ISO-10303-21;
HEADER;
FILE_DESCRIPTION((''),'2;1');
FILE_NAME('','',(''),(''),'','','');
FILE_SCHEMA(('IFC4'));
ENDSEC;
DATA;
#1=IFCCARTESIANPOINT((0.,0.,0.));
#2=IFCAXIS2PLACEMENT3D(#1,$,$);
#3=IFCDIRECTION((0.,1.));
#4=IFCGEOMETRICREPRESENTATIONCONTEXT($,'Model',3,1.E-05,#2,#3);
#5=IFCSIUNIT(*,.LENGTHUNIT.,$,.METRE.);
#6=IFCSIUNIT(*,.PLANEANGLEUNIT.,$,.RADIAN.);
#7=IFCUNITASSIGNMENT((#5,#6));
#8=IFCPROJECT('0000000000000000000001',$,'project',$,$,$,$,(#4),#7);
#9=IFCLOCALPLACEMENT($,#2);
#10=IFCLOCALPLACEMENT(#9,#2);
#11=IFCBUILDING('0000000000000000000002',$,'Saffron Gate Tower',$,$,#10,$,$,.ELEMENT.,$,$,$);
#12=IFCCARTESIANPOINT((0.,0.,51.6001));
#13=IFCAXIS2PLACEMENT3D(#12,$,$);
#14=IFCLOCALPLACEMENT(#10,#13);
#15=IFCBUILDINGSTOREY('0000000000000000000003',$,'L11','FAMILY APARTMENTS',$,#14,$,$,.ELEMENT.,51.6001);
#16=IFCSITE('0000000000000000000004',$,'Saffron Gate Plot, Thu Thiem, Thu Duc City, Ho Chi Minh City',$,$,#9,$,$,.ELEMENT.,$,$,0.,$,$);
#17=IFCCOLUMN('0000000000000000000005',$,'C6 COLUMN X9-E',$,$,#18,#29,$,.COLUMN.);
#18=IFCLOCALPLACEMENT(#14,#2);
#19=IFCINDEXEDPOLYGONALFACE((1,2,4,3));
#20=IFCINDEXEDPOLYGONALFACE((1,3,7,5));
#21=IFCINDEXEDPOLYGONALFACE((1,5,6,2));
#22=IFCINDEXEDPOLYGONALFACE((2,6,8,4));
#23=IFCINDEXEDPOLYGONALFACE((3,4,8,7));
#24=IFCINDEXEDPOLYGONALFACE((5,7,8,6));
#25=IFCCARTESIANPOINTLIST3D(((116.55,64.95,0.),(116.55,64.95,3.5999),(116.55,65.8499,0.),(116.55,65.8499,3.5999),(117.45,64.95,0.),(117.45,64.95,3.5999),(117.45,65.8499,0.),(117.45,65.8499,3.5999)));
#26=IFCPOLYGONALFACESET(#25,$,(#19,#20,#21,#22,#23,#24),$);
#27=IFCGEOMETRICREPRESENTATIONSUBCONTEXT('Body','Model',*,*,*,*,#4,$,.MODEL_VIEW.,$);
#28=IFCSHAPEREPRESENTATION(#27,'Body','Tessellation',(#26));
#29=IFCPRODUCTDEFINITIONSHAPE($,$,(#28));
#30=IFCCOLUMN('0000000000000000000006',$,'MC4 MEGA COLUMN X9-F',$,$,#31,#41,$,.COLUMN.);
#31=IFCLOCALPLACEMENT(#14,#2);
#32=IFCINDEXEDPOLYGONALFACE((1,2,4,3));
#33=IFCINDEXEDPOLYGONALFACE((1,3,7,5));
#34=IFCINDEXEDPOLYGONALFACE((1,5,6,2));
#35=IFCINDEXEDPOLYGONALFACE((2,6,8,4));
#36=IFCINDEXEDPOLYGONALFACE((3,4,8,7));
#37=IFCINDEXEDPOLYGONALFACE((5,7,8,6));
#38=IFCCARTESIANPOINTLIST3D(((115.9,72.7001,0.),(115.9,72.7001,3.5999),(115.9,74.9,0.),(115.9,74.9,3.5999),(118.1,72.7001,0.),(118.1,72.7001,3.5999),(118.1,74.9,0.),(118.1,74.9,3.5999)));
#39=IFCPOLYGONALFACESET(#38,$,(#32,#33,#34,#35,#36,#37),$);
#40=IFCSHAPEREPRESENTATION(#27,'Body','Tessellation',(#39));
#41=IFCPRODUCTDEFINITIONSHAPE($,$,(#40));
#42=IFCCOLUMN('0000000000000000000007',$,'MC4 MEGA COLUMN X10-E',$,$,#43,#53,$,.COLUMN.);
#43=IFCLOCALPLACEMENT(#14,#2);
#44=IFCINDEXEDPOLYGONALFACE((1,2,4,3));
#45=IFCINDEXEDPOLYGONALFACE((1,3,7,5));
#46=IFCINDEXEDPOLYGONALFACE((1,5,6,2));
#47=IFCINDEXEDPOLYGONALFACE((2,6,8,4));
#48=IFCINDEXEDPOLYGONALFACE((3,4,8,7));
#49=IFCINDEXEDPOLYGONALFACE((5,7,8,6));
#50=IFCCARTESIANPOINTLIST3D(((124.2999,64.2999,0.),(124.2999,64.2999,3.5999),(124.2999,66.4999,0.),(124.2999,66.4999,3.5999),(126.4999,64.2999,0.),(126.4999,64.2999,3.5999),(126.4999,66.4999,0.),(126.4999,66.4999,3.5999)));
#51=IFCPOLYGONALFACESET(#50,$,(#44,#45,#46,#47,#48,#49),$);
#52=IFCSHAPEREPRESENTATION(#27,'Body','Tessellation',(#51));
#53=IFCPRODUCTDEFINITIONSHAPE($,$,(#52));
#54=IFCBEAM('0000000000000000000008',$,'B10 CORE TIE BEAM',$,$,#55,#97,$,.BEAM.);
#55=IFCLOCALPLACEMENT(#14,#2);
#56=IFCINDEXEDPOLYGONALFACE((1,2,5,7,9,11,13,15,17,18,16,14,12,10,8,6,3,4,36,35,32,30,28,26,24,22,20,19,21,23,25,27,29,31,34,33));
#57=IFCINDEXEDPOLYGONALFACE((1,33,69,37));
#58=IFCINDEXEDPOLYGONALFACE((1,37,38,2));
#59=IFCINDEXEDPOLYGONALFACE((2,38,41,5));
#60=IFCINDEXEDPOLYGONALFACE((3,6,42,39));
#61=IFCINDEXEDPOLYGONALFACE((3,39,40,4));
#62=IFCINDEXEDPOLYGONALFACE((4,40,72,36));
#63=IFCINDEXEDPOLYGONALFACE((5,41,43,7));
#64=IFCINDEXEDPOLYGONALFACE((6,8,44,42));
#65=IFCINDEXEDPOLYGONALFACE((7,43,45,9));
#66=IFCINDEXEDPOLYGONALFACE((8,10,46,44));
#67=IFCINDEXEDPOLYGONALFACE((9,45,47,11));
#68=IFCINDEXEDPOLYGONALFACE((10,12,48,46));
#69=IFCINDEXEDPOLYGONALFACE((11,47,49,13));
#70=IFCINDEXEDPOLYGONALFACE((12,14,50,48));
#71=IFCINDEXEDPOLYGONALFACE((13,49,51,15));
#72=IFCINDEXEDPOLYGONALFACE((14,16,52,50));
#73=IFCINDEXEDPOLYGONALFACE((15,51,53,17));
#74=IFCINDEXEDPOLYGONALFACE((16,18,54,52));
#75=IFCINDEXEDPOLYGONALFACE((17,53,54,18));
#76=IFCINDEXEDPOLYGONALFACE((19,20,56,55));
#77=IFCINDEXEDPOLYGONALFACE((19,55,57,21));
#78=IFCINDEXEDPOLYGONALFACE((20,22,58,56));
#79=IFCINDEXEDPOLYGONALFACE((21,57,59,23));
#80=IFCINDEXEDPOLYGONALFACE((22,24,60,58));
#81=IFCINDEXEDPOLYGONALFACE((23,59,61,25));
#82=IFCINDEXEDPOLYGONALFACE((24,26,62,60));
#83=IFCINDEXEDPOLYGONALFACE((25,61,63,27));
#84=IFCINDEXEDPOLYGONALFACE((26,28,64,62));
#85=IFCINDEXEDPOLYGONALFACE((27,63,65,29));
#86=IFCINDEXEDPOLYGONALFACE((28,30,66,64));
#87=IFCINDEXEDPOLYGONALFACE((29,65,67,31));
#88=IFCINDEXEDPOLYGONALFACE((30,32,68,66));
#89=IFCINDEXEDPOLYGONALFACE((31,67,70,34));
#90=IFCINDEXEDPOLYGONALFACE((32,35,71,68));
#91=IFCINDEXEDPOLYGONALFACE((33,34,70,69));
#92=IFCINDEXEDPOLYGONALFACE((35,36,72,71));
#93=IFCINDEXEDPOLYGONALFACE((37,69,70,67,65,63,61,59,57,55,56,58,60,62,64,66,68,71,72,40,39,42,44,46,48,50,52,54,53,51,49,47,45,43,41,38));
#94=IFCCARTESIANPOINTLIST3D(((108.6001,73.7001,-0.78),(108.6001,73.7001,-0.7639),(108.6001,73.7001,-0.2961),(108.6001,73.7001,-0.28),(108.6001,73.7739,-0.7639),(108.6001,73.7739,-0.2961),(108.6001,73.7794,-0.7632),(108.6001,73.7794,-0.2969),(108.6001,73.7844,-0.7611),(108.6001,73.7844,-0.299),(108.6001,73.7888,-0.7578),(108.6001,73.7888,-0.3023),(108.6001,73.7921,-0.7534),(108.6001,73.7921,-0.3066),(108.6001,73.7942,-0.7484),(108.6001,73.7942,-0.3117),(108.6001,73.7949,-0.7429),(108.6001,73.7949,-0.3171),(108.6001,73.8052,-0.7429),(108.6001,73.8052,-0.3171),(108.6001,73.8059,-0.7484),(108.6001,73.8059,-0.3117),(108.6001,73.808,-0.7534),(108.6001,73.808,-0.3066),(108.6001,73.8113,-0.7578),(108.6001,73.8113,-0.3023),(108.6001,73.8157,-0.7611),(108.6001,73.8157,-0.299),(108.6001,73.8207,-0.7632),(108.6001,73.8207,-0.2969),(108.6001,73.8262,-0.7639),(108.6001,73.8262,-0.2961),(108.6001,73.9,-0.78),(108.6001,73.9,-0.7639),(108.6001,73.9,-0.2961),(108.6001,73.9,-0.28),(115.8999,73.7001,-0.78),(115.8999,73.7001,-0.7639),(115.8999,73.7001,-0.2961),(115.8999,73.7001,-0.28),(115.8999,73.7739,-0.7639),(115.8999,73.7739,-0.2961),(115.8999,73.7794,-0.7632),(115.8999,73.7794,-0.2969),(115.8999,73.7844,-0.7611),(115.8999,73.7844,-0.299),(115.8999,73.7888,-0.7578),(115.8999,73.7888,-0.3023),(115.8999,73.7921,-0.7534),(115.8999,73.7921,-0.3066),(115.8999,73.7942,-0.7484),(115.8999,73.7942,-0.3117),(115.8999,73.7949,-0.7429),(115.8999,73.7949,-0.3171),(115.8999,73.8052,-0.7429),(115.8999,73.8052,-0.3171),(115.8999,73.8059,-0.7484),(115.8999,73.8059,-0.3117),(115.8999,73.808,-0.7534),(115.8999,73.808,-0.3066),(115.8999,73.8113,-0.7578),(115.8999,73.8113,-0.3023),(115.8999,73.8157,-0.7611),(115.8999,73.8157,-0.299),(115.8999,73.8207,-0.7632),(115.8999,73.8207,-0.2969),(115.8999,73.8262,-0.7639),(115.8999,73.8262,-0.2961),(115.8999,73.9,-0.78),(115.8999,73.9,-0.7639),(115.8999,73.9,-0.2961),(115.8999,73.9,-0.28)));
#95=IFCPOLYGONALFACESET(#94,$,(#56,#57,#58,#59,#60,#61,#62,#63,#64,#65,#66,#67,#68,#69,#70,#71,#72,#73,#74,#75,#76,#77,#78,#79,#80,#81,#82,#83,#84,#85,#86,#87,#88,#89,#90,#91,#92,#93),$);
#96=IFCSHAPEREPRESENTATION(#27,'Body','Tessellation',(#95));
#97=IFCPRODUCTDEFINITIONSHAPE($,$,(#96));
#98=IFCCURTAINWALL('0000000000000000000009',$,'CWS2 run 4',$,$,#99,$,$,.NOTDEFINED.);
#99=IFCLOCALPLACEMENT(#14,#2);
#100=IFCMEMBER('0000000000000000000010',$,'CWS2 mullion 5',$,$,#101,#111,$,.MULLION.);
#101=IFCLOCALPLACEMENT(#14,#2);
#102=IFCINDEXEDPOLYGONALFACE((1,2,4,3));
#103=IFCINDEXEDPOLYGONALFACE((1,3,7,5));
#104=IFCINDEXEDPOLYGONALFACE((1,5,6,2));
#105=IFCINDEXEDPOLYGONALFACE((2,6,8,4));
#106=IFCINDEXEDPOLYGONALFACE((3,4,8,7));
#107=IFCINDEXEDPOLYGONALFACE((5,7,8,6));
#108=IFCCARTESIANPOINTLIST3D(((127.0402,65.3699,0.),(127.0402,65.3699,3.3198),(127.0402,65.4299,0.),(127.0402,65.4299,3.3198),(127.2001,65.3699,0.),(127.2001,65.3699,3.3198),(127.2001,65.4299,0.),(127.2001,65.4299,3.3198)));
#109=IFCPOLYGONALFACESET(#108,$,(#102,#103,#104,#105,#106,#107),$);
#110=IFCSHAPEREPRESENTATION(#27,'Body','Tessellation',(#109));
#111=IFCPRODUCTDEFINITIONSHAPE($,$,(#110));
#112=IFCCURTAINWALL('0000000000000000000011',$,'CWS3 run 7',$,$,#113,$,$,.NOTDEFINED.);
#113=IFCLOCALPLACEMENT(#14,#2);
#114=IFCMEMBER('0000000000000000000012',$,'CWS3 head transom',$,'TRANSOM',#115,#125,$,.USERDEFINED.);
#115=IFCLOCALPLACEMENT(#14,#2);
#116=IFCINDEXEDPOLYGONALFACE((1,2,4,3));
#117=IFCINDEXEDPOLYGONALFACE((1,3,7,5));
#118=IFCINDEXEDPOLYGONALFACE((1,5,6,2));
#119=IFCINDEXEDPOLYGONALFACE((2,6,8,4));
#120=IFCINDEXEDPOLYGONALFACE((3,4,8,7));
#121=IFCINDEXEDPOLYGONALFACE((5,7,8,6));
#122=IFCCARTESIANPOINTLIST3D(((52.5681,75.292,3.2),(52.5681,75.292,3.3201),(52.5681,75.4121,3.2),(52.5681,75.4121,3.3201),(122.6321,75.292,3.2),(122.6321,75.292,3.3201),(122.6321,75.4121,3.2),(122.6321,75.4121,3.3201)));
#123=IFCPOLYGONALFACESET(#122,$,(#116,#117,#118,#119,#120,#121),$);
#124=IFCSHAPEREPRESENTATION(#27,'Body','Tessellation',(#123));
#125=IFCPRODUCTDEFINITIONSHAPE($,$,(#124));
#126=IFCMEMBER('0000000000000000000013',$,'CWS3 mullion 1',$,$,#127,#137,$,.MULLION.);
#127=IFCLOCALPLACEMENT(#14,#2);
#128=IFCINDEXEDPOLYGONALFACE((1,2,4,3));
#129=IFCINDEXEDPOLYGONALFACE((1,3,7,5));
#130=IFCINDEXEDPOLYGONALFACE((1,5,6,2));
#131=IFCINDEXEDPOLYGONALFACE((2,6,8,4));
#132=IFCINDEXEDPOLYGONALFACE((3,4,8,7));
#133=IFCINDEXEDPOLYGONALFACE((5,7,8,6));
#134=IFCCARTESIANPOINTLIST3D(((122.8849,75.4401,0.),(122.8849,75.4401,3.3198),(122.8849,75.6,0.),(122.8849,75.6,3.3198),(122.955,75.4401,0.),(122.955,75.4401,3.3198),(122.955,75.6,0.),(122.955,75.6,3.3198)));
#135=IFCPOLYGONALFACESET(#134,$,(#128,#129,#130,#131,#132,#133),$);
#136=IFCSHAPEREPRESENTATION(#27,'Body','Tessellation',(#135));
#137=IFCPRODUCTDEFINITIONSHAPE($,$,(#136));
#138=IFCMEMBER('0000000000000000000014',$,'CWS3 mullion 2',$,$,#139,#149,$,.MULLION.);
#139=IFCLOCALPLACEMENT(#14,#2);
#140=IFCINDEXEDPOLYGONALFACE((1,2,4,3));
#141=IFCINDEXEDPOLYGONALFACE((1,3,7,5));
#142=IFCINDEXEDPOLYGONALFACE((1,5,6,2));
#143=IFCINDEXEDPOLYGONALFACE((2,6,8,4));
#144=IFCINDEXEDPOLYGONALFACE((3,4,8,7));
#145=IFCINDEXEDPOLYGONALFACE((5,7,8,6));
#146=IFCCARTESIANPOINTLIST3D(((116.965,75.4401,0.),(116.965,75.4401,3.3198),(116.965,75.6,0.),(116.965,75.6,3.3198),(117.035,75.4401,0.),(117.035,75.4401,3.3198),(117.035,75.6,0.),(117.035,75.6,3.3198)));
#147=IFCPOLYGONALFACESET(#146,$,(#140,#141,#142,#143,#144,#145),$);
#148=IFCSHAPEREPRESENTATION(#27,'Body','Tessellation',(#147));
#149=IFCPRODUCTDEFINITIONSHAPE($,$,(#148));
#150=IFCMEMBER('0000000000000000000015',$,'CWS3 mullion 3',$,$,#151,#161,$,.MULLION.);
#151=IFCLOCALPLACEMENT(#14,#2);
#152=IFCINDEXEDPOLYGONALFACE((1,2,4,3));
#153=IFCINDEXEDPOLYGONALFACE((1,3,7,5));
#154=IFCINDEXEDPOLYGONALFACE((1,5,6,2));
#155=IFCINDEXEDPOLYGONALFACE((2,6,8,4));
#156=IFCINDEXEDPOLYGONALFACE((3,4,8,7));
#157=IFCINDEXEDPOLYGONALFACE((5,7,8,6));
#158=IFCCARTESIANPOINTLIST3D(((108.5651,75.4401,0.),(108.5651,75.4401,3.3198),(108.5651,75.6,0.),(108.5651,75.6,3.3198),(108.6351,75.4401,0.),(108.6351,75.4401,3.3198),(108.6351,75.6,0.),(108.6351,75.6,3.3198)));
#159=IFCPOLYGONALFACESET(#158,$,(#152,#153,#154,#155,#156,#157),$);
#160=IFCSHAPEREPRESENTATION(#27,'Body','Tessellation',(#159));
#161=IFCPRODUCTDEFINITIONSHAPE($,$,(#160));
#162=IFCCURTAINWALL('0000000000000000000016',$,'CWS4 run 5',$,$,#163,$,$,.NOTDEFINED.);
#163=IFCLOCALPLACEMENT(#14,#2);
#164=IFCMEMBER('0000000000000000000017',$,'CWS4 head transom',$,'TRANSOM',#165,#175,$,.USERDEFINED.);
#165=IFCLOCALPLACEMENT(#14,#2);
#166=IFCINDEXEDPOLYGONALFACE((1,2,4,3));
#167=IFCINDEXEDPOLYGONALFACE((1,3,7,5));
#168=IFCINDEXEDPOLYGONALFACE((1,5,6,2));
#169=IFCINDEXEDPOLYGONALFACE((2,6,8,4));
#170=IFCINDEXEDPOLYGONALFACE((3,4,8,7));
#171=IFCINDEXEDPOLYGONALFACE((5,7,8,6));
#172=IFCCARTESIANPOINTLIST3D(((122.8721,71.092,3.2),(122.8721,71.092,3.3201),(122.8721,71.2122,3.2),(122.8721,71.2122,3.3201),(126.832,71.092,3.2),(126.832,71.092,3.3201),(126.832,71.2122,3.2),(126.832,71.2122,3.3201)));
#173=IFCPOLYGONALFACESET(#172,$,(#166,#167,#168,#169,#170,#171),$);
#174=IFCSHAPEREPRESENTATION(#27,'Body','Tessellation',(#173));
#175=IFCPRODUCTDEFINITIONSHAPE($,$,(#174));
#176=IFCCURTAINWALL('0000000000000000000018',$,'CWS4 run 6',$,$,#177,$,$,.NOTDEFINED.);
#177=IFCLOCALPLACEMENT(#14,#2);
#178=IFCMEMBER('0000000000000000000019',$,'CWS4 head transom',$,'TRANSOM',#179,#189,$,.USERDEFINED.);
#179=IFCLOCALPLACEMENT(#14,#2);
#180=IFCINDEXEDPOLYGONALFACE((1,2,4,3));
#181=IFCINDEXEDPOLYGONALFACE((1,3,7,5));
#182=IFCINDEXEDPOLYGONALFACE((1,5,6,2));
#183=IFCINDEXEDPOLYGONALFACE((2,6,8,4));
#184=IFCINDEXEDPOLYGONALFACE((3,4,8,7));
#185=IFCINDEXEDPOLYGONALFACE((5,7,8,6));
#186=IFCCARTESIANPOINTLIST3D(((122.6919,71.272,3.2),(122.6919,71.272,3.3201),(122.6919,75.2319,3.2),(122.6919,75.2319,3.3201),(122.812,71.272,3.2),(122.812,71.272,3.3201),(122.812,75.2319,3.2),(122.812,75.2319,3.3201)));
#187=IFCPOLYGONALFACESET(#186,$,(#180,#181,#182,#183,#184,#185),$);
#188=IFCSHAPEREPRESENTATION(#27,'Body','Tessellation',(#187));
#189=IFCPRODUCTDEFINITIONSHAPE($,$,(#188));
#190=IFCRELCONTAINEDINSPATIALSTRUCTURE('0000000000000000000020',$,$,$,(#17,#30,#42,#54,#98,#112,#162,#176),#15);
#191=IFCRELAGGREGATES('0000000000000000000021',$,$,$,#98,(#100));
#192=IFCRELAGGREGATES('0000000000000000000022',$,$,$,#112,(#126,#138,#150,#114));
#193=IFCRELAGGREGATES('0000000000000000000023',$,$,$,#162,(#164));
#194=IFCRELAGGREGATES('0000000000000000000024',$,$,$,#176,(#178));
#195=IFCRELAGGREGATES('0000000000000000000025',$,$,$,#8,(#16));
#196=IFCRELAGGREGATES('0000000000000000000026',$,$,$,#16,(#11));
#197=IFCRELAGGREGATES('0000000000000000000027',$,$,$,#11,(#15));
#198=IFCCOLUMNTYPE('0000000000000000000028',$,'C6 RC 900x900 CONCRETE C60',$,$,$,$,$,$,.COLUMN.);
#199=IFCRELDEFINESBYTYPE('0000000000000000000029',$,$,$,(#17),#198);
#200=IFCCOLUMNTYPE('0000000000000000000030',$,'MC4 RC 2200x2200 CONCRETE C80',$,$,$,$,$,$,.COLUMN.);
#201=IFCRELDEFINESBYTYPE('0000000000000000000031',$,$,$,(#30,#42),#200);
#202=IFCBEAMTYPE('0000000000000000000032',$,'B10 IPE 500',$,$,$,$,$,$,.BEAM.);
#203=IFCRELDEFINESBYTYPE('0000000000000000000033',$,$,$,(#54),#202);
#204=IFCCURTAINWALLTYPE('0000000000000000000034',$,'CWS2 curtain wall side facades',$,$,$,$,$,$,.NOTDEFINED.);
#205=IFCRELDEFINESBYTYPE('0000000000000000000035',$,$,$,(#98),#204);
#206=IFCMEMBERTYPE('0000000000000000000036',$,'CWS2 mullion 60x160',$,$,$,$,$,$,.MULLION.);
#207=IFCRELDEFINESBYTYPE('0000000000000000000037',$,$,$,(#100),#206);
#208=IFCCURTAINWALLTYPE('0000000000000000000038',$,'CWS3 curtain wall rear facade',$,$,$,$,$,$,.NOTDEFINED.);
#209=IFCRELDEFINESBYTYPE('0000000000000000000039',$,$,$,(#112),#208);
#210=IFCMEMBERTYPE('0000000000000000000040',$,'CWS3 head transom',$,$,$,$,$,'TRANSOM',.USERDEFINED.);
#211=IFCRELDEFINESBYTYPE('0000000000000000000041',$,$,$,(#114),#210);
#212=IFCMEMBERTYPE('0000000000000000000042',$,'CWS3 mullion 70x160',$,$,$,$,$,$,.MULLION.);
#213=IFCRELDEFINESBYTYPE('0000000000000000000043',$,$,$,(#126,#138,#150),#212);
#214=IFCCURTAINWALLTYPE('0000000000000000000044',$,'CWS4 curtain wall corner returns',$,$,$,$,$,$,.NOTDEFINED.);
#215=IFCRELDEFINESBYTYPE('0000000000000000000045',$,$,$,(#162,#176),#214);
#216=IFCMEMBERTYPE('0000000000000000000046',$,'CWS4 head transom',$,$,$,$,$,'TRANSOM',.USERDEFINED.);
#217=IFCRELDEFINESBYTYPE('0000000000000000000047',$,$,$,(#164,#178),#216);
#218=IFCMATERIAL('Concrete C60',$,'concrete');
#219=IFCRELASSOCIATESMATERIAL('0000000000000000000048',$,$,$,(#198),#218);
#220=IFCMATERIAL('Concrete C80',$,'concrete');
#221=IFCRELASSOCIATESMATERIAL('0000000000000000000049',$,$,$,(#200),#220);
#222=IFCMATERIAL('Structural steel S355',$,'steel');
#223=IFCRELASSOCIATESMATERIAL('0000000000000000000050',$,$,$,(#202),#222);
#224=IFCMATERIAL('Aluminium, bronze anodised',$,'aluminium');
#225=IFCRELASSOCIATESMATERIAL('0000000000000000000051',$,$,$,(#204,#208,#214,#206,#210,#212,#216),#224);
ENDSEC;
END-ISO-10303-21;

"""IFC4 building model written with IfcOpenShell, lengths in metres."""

from ifc_helpers import new_model, si_unit, direction, frame, origin, origin_2d, place, context, subcontext, project, spatial, rectangle, i_section, extrude, material, material_profile, profile_set, type_object, element, aggregate, save


model = new_model("IFC4")

# Units and contexts
model_context = context("Model", 3, precision=1e-05, world=origin(), true_north=direction((0.0, 1.0)))
body_context = subcontext(model_context, "Body", "Model", "MODEL_VIEW")
ifc_project = project(units=[si_unit("LENGTHUNIT", "METRE"), si_unit("PLANEANGLEUNIT", "RADIAN")], contexts=[model_context])

# Site, building, storey
site_placement = place(None, origin())
site = spatial("IfcSite", under=ifc_project, at=site_placement, Name="Saffron Gate Plot, Thu Thiem, Thu Duc City, Ho Chi Minh City", CompositionType="ELEMENT", RefElevation=0.0)
building_placement = place(site_placement, origin())
building = spatial("IfcBuilding", under=site, at=building_placement, Name="Saffron Gate Tower", CompositionType="ELEMENT")
storey_placement = place(building_placement, frame((0.0, 0.0, 51.6001)))
storey = spatial("IfcBuildingStorey", under=building, at=storey_placement, Name="L11", Description="FAMILY APARTMENTS", CompositionType="ELEMENT", Elevation=51.6001)

# Columns
ifc_material_1 = material(Name="Concrete C60", Category="concrete")
ifc_material_profile_1 = material_profile(ifc_material_1, rectangle(XDim=0.8999, YDim=0.8999, at=origin_2d()))
ifc_profile_set_1 = profile_set([ifc_material_profile_1], Name="Concrete C60")
column_type_1 = type_object("IfcColumnType", Name="C6 RC 900x900 CONCRETE C60", PredefinedType="COLUMN", material=ifc_profile_set_1)
column_placement = place(storey_placement, frame((117.0, 65.3999, 0.0), z_axis=(0.0, 0.0, 1.0), x_axis=(1.0, 0.0, 0.0)))
element("IfcColumn", 1, at=column_placement, inside=storey, type_object=column_type_1, Name="C6 COLUMN X9-E", PredefinedType="COLUMN", context=body_context, shape_type="SweptSolid", body=[
    extrude(rectangle(XDim=0.8999, YDim=0.8999, at=origin_2d()), origin(), (0.0, 0.0, 1.0), 3.5999),
])
ifc_material_2 = material(Name="Concrete C80", Category="concrete")
ifc_material_profile_2 = material_profile(ifc_material_2, rectangle(XDim=2.2, YDim=2.2, at=origin_2d()))
ifc_profile_set_2 = profile_set([ifc_material_profile_2], Name="Concrete C80")
column_type_2 = type_object("IfcColumnType", Name="MC4 RC 2200x2200 CONCRETE C80", PredefinedType="COLUMN", material=ifc_profile_set_2)
for number, where, z_axis, x_axis, name in (
    (2, (117.0, 73.8, 0.0), (0.0, 0.0, 1.0), (1.0, 0.0, 0.0), "MC4 MEGA COLUMN X9-F"),
    (3, (125.3999, 65.3999, 0.0), (0.0, 0.0, 1.0), (1.0, 0.0, 0.0), "MC4 MEGA COLUMN X10-E"),
):
    element("IfcColumn", number, at=place(storey_placement, frame(where, z_axis=z_axis, x_axis=x_axis)), inside=storey, type_object=column_type_2, Name=name, PredefinedType="COLUMN", context=body_context, shape_type="SweptSolid", body=[
        extrude(rectangle(XDim=2.2, YDim=2.2, at=origin_2d()), origin(), (0.0, 0.0, 1.0), 3.5999),
    ])

# Beam
ifc_material_3 = material(Name="Structural steel S355", Category="steel")
ifc_material_profile_3 = material_profile(ifc_material_3, i_section(OverallWidth=0.2, OverallDepth=0.5, WebThickness=0.0103, FlangeThickness=0.0161, FilletRadius=0.021, at=origin_2d()))
ifc_profile_set_3 = profile_set([ifc_material_profile_3], Name="Structural steel S355")
beam_type = type_object("IfcBeamType", Name="B10 IPE 500", PredefinedType="BEAM", material=ifc_profile_set_3)
beam_placement = place(storey_placement, frame((115.8999, 73.8, -0.53), z_axis=(-1.0, 0.0, 0.0), x_axis=(0.0, -1.0, 0.0)))
element("IfcBeam", 4, at=beam_placement, inside=storey, type_object=beam_type, Name="B10 CORE TIE BEAM", PredefinedType="BEAM", context=body_context, shape_type="SweptSolid", body=[
    extrude(i_section(OverallWidth=0.2, OverallDepth=0.5, WebThickness=0.0103, FlangeThickness=0.0161, FilletRadius=0.021, at=origin_2d()), origin(), (0.0, 0.0, 1.0), 7.2998),
])

# Curtain wall, member
ifc_material_4 = material(Name="Aluminium, bronze anodised", Category="aluminium")
curtain_wall_type_1 = type_object("IfcCurtainWallType", Name="CWS2 curtain wall side facades", PredefinedType="NOTDEFINED", material=ifc_material_4)
curtain_wall_1_placement = place(storey_placement, origin())
curtain_wall_1 = element("IfcCurtainWall", 5, at=curtain_wall_1_placement, inside=storey, type_object=curtain_wall_type_1, Name="CWS2 run 4", PredefinedType="NOTDEFINED")
ifc_material_profile_4 = material_profile(ifc_material_4, rectangle(XDim=0.1599, YDim=0.0601, at=origin_2d()))
ifc_profile_set_4 = profile_set([ifc_material_profile_4], Name="Aluminium, bronze anodised")
member_type_1 = type_object("IfcMemberType", Name="CWS2 mullion 60x160", PredefinedType="MULLION", material=ifc_profile_set_4)
member_1_placement = place(storey_placement, frame((127.1201, 65.3999, 0.0), z_axis=(0.0, 0.0, 1.0), x_axis=(-1.0, 0.0, 0.0)))
member_1 = element("IfcMember", 6, at=member_1_placement, type_object=member_type_1, Name="CWS2 mullion 5", PredefinedType="MULLION", context=body_context, shape_type="SweptSolid", body=[
    extrude(rectangle(XDim=0.1599, YDim=0.0601, at=origin_2d()), origin(), (0.0, 0.0, 1.0), 3.3198),
])
aggregate(curtain_wall_1, [member_1])

# Curtain wall, members
curtain_wall_type_2 = type_object("IfcCurtainWallType", Name="CWS3 curtain wall rear facade", PredefinedType="NOTDEFINED", material=ifc_material_4)
curtain_wall_2_placement = place(storey_placement, origin())
curtain_wall_2 = element("IfcCurtainWall", 7, at=curtain_wall_2_placement, inside=storey, type_object=curtain_wall_type_2, Name="CWS3 run 7", PredefinedType="NOTDEFINED")
ifc_material_profile_5 = material_profile(ifc_material_4, rectangle(XDim=0.1201, YDim=0.1201, at=origin_2d()))
ifc_profile_set_5 = profile_set([ifc_material_profile_5], Name="Aluminium, bronze anodised")
member_type_2 = type_object("IfcMemberType", Name="CWS3 head transom", ElementType="TRANSOM", PredefinedType="USERDEFINED", material=ifc_profile_set_5)
member_2_placement = place(storey_placement, frame((122.6321, 75.3521, 3.26), z_axis=(-1.0, 0.0, 0.0), x_axis=(0.0, -1.0, 0.0)))
member_2 = element("IfcMember", 8, at=member_2_placement, type_object=member_type_2, Name="CWS3 head transom", ObjectType="TRANSOM", PredefinedType="USERDEFINED", context=body_context, shape_type="SweptSolid", body=[
    extrude(rectangle(XDim=0.1201, YDim=0.1201, at=origin_2d()), origin(), (0.0, 0.0, 1.0), 70.064),
])
ifc_material_profile_6 = material_profile(ifc_material_4, rectangle(XDim=0.1599, YDim=0.0701, at=origin_2d()))
ifc_profile_set_6 = profile_set([ifc_material_profile_6], Name="Aluminium, bronze anodised")
member_type_3 = type_object("IfcMemberType", Name="CWS3 mullion 70x160", PredefinedType="MULLION", material=ifc_profile_set_6)
member_3_placement = place(storey_placement, frame((122.9199, 75.52, 0.0), z_axis=(0.0, 0.0, 1.0), x_axis=(0.0, -1.0, 0.0)))
member_3 = element("IfcMember", 9, at=member_3_placement, type_object=member_type_3, Name="CWS3 mullion 1", PredefinedType="MULLION", context=body_context, shape_type="SweptSolid", body=[
    extrude(rectangle(XDim=0.1599, YDim=0.0701, at=origin_2d()), origin(), (0.0, 0.0, 1.0), 3.3198),
])
member_4_placement = place(storey_placement, frame((117.0, 75.52, 0.0), z_axis=(0.0, 0.0, 1.0), x_axis=(0.0, -1.0, 0.0)))
member_4 = element("IfcMember", 10, at=member_4_placement, type_object=member_type_3, Name="CWS3 mullion 2", PredefinedType="MULLION", context=body_context, shape_type="SweptSolid", body=[
    extrude(rectangle(XDim=0.1599, YDim=0.0701, at=origin_2d()), origin(), (0.0, 0.0, 1.0), 3.3198),
])
member_5_placement = place(storey_placement, frame((108.6001, 75.52, 0.0), z_axis=(0.0, 0.0, 1.0), x_axis=(0.0, -1.0, 0.0)))
member_5 = element("IfcMember", 11, at=member_5_placement, type_object=member_type_3, Name="CWS3 mullion 3", PredefinedType="MULLION", context=body_context, shape_type="SweptSolid", body=[
    extrude(rectangle(XDim=0.1599, YDim=0.0701, at=origin_2d()), origin(), (0.0, 0.0, 1.0), 3.3198),
])

# Curtain walls, members
curtain_wall_type_3 = type_object("IfcCurtainWallType", Name="CWS4 curtain wall corner returns", PredefinedType="NOTDEFINED", material=ifc_material_4)
curtain_wall_3_placement = place(storey_placement, origin())
curtain_wall_3 = element("IfcCurtainWall", 12, at=curtain_wall_3_placement, inside=storey, type_object=curtain_wall_type_3, Name="CWS4 run 5", PredefinedType="NOTDEFINED")
ifc_material_profile_7 = material_profile(ifc_material_4, rectangle(XDim=0.1201, YDim=0.1201, at=origin_2d()))
ifc_profile_set_7 = profile_set([ifc_material_profile_7], Name="Aluminium, bronze anodised")
member_type_4 = type_object("IfcMemberType", Name="CWS4 head transom", ElementType="TRANSOM", PredefinedType="USERDEFINED", material=ifc_profile_set_7)
member_6_placement = place(storey_placement, frame((126.832, 71.1521, 3.26), z_axis=(-1.0, 0.0, 0.0), x_axis=(0.0, -1.0, 0.0)))
member_6 = element("IfcMember", 13, at=member_6_placement, type_object=member_type_4, Name="CWS4 head transom", ObjectType="TRANSOM", PredefinedType="USERDEFINED", context=body_context, shape_type="SweptSolid", body=[
    extrude(rectangle(XDim=0.1201, YDim=0.1201, at=origin_2d()), origin(), (0.0, 0.0, 1.0), 3.96),
])
curtain_wall_4_placement = place(storey_placement, origin())
curtain_wall_4 = element("IfcCurtainWall", 14, at=curtain_wall_4_placement, inside=storey, type_object=curtain_wall_type_3, Name="CWS4 run 6", PredefinedType="NOTDEFINED")
member_7_placement = place(storey_placement, frame((122.752, 71.272, 3.26), z_axis=(0.0, 1.0, 0.0), x_axis=(-1.0, 0.0, 0.0)))
member_7 = element("IfcMember", 15, at=member_7_placement, type_object=member_type_4, Name="CWS4 head transom", ObjectType="TRANSOM", PredefinedType="USERDEFINED", context=body_context, shape_type="SweptSolid", body=[
    extrude(rectangle(XDim=0.1201, YDim=0.1201, at=origin_2d()), origin(), (0.0, 0.0, 1.0), 3.96),
])

aggregate(curtain_wall_2, [member_3, member_4, member_5, member_2])

aggregate(curtain_wall_3, [member_6])
aggregate(curtain_wall_4, [member_7])

save(model, "model.ifc")
